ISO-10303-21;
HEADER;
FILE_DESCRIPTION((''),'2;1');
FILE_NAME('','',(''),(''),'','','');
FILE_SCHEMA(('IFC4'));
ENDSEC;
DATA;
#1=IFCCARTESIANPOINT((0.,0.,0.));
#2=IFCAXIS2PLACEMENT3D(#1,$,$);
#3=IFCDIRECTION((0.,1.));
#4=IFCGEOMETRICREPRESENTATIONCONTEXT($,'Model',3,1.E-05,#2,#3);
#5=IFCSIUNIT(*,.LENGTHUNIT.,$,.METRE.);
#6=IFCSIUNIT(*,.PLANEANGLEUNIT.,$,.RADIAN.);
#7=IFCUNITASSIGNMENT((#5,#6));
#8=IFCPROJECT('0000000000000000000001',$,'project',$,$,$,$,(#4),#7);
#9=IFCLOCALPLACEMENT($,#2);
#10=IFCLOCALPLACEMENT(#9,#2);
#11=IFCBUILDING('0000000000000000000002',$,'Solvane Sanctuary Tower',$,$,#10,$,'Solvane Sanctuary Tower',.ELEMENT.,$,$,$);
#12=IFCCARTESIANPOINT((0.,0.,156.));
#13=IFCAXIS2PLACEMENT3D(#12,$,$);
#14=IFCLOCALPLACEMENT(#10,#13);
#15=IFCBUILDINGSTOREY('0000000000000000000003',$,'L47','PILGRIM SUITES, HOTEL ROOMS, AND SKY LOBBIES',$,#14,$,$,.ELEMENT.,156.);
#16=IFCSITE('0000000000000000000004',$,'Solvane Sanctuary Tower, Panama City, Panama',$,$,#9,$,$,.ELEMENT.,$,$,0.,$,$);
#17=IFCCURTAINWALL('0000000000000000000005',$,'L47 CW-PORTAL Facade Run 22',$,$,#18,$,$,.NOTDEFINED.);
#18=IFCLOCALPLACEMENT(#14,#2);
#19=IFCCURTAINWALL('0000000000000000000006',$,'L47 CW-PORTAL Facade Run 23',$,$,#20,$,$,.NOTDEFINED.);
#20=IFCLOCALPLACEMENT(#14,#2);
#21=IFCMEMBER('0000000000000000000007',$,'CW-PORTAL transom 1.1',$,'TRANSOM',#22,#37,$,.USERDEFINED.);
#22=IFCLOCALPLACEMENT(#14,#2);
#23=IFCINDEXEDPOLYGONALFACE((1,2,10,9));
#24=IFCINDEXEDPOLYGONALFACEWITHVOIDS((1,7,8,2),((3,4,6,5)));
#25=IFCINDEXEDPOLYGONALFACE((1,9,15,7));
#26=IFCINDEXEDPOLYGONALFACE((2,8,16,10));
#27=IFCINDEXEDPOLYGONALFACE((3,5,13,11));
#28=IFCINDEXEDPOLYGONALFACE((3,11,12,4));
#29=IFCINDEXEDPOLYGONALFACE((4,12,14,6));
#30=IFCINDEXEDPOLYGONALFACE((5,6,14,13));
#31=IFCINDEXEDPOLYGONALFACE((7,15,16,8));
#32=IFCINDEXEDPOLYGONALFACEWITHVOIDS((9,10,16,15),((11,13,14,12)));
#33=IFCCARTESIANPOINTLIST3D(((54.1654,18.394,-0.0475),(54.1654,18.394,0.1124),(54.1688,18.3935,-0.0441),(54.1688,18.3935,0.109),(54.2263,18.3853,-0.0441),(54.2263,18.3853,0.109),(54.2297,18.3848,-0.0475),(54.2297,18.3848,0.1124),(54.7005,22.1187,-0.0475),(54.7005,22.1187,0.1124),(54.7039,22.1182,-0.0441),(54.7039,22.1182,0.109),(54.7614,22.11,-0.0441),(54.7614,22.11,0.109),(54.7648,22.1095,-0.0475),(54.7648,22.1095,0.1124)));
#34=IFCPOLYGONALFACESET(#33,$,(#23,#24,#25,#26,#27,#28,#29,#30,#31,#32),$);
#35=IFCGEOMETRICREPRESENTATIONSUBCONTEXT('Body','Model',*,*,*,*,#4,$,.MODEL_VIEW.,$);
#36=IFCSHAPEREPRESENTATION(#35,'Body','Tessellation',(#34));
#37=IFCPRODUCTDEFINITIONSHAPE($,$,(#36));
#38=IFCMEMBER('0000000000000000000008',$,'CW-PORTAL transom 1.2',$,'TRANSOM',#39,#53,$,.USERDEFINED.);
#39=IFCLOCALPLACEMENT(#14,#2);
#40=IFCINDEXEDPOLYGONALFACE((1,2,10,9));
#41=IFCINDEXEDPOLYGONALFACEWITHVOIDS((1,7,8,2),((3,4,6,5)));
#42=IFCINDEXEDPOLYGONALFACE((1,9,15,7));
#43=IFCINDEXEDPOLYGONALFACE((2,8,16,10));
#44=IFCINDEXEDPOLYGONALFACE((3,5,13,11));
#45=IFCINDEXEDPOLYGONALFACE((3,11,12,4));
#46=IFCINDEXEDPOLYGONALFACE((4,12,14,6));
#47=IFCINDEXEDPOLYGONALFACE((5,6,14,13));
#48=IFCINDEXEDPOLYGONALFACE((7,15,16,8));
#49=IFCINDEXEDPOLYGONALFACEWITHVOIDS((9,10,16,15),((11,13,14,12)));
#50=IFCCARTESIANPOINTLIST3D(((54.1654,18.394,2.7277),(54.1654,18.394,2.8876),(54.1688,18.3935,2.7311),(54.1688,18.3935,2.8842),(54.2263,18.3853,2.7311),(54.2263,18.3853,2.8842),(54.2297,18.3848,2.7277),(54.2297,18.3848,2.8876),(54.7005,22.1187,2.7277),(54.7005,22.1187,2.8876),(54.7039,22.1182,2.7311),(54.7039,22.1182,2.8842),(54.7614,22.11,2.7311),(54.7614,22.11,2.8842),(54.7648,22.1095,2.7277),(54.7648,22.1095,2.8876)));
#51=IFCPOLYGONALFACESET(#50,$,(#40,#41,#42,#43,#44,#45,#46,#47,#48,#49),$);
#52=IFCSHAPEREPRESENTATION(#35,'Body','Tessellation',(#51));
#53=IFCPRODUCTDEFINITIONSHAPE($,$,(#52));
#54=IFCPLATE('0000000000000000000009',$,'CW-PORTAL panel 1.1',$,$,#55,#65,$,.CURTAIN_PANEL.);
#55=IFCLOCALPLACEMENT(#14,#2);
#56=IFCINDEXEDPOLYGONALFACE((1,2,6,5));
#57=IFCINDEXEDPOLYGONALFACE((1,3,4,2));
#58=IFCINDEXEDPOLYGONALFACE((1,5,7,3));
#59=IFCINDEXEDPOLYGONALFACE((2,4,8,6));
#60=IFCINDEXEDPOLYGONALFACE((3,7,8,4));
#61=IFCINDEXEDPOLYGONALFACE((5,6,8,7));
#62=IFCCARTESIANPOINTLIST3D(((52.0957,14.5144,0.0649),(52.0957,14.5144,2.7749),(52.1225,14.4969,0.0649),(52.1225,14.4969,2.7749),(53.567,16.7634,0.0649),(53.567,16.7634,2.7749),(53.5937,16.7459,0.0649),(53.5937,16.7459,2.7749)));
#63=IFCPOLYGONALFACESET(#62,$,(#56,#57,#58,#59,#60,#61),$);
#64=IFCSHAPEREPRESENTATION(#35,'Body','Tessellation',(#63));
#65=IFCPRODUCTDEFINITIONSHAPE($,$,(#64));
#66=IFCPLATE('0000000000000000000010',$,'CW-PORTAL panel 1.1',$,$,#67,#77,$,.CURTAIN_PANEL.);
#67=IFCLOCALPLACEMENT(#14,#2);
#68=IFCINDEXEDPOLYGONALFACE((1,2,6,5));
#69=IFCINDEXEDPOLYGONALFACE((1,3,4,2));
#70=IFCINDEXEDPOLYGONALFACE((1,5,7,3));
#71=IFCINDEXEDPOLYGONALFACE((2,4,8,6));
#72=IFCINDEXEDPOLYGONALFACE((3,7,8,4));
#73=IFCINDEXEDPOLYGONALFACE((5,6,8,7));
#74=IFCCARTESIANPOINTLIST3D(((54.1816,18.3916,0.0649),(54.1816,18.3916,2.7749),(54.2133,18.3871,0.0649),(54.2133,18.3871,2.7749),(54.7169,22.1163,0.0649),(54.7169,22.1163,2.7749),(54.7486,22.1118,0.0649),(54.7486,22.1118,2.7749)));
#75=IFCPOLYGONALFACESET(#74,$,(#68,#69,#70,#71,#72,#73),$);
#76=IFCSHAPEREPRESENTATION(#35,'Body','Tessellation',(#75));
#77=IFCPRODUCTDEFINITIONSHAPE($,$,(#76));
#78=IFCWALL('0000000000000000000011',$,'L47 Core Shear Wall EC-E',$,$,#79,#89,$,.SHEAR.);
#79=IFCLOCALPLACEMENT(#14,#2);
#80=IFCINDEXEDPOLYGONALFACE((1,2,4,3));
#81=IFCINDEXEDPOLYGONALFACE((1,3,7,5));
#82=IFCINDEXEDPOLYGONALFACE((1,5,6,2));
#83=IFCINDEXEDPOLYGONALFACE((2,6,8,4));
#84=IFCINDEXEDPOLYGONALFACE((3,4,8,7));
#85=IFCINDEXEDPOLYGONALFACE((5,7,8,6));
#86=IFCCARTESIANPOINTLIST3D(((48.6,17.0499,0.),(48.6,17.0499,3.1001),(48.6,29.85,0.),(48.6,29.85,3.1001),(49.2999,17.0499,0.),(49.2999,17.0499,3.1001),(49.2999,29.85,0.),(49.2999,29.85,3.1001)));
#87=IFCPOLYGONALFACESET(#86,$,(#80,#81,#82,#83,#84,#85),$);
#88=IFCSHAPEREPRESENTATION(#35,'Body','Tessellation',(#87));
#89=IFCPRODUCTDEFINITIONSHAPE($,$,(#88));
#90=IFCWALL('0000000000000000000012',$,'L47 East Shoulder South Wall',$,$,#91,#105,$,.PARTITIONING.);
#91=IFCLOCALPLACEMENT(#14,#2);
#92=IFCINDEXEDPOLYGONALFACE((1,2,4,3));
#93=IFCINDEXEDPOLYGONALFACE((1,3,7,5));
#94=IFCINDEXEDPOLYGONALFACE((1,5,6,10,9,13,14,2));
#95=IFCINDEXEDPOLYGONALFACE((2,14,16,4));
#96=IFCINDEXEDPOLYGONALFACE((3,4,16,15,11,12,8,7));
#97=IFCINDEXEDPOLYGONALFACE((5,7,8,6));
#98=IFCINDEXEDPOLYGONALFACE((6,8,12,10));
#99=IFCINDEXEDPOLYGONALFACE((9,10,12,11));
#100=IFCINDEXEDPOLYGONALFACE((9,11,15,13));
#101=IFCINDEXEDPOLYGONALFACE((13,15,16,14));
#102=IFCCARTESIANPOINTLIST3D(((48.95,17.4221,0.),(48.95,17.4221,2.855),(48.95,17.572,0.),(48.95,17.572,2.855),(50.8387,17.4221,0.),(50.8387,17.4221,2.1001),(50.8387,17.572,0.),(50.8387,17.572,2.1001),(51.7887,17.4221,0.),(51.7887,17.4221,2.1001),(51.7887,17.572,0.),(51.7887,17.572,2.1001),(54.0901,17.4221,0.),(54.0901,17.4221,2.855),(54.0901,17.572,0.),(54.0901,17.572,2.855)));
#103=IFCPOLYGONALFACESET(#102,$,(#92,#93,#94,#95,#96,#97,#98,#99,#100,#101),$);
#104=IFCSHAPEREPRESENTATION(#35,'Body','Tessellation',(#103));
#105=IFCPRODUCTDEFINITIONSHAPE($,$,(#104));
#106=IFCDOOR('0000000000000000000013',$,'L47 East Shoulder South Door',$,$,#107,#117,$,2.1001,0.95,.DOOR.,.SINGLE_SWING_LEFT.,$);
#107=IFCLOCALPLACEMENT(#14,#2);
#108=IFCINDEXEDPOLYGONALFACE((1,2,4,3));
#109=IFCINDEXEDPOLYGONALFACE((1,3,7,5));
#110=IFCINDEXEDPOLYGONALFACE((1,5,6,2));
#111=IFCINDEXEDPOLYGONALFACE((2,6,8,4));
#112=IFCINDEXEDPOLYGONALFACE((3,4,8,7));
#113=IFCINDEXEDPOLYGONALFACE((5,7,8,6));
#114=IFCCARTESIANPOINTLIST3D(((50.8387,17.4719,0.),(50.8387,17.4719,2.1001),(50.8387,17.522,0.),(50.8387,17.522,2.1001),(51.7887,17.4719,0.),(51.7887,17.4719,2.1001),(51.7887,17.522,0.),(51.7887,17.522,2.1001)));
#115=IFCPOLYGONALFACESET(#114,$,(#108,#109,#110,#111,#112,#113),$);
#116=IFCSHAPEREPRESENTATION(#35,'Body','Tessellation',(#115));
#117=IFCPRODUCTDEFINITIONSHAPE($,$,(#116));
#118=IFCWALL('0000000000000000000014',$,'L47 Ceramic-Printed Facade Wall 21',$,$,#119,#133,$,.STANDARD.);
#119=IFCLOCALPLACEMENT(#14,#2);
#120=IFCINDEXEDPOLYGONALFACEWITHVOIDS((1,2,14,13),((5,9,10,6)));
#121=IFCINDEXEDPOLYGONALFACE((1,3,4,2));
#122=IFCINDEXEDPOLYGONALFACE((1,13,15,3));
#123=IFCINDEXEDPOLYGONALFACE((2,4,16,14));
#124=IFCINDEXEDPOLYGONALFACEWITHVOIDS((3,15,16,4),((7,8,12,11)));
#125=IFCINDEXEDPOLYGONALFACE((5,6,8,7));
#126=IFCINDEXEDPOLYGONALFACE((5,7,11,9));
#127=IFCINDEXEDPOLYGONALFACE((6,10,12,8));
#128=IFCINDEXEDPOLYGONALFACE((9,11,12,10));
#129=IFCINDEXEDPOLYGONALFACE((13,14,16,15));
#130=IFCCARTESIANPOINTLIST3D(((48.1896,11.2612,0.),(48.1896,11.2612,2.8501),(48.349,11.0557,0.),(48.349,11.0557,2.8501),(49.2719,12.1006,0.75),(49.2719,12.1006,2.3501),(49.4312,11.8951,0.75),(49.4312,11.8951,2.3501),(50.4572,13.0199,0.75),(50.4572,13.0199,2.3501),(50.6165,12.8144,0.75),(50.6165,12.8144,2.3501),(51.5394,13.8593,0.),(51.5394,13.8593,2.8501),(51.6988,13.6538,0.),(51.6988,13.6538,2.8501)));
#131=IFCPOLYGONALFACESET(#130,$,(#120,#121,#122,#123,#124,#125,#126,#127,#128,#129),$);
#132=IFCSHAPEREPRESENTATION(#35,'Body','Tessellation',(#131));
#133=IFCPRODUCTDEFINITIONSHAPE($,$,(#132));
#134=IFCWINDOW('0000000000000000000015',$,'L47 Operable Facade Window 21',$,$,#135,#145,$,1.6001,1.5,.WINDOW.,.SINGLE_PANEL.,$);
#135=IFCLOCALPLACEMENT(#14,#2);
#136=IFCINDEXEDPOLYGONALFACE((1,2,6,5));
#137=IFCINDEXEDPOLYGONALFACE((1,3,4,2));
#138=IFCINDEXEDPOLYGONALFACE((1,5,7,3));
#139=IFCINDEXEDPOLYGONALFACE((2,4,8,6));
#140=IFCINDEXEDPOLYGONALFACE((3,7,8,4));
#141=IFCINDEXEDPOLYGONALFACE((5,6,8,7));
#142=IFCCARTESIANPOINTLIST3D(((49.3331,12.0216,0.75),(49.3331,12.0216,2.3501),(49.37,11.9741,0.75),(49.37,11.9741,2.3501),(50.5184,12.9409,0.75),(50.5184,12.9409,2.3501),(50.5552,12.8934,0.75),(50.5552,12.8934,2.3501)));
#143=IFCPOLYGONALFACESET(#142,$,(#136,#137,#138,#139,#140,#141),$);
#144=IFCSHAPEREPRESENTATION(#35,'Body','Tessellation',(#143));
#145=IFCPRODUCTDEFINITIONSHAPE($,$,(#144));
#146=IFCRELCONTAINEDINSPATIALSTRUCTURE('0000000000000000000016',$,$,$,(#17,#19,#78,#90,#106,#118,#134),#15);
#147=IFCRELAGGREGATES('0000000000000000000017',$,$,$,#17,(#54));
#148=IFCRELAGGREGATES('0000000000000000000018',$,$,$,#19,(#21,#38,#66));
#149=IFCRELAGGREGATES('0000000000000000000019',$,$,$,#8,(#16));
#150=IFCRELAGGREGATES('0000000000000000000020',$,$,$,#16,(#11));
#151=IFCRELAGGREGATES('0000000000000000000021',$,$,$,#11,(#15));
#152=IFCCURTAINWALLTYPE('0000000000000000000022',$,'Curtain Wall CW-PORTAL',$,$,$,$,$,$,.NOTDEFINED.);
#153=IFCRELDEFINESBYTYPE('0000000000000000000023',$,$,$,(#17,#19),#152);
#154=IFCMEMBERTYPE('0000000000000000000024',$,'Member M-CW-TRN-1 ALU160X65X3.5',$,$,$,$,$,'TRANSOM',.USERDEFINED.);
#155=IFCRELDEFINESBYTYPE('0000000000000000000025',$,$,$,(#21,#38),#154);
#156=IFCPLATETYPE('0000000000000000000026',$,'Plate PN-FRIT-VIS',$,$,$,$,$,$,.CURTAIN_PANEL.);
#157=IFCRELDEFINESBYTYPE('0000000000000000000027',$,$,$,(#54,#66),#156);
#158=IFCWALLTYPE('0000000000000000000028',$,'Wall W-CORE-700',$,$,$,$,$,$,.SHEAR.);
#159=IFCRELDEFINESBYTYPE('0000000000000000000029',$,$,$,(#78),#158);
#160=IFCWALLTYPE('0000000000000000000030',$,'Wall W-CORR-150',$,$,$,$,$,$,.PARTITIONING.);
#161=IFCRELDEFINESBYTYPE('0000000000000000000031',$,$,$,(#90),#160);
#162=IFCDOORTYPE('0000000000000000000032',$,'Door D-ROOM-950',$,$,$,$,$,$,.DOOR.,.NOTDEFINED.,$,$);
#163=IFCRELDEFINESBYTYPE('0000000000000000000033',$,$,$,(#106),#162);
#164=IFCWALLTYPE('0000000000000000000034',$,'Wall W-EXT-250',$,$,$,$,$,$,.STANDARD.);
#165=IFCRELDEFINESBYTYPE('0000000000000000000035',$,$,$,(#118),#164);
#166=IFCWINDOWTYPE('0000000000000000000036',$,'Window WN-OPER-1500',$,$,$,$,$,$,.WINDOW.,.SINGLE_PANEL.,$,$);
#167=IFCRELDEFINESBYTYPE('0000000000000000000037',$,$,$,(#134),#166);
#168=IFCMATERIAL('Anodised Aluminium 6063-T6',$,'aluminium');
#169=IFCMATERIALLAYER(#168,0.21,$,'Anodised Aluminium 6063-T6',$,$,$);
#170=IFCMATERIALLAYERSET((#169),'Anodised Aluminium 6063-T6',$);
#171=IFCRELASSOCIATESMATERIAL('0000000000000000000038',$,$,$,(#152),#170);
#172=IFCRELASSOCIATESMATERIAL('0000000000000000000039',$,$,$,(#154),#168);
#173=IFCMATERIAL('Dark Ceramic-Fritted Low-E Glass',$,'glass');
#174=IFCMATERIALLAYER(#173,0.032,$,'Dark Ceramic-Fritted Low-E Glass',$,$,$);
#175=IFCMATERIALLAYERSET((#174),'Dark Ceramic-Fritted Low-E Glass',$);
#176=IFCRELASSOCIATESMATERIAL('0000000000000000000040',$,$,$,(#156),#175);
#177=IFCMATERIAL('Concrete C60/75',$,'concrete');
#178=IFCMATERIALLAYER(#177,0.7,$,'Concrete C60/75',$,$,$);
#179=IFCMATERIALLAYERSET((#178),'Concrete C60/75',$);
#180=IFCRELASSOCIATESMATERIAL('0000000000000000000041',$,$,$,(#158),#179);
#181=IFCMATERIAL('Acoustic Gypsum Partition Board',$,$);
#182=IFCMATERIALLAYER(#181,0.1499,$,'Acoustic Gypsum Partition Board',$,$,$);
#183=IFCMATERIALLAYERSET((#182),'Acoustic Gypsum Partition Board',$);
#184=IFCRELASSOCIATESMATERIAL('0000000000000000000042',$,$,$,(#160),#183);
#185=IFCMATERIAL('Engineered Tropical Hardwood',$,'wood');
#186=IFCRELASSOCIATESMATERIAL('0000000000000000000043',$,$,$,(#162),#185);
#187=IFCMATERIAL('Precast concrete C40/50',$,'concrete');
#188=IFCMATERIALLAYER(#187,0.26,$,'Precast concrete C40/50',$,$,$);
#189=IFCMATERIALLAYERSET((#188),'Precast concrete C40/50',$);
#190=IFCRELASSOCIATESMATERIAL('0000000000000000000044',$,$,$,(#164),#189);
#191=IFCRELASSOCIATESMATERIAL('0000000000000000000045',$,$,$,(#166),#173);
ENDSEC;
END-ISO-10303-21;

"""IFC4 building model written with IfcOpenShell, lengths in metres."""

from ifc_helpers import new_model, si_unit, direction, frame, frame_2d, origin, origin_2d, place, context, subcontext, project, spatial, rectangle, hollow_rectangle, extrude, material, layer, layer_set, material_profile, profile_set, type_object, element, fill, aggregate, save


model = new_model("IFC4")

# Units and contexts
model_context = context("Model", 3, precision=1e-05, world=origin(), true_north=direction((0.0, 1.0)))
body_context = subcontext(model_context, "Body", "Model", "MODEL_VIEW")
ifc_project = project(units=[si_unit("LENGTHUNIT", "METRE"), si_unit("PLANEANGLEUNIT", "RADIAN")], contexts=[model_context])

# Site, building, storey
site_placement = place(None, origin())
site = spatial("IfcSite", under=ifc_project, at=site_placement, Name="Solvane Sanctuary Tower, Panama City, Panama", CompositionType="ELEMENT", RefElevation=0.0)
building_placement = place(site_placement, origin())
building = spatial("IfcBuilding", under=site, at=building_placement, Name="Solvane Sanctuary Tower", LongName="Solvane Sanctuary Tower", CompositionType="ELEMENT")
storey_placement = place(building_placement, frame((0.0, 0.0, 156.0)))
storey = spatial("IfcBuildingStorey", under=building, at=storey_placement, Name="L47", Description="PILGRIM SUITES, HOTEL ROOMS, AND SKY LOBBIES", CompositionType="ELEMENT", Elevation=156.0)

# Shared definitions
ifc_material_1 = material(Name="Concrete C60/75", Category="concrete")

# Curtain walls
ifc_material_2 = material(Name="Anodised Aluminium 6063-T6", Category="aluminium")
ifc_layer_1 = layer(ifc_material_2, 0.21, Name="Anodised Aluminium 6063-T6")
ifc_layer_set_1 = layer_set([ifc_layer_1], Name="Anodised Aluminium 6063-T6")
curtain_wall_type = type_object("IfcCurtainWallType", Name="Curtain Wall CW-PORTAL", PredefinedType="NOTDEFINED", material=ifc_layer_set_1)
curtain_wall_1_placement = place(storey_placement, origin())
curtain_wall_1 = element("IfcCurtainWall", 1, at=curtain_wall_1_placement, inside=storey, type_object=curtain_wall_type, Name="L47 CW-PORTAL Facade Run 22", PredefinedType="NOTDEFINED")
curtain_wall_2_placement = place(storey_placement, origin())
curtain_wall_2 = element("IfcCurtainWall", 2, at=curtain_wall_2_placement, inside=storey, type_object=curtain_wall_type, Name="L47 CW-PORTAL Facade Run 23", PredefinedType="NOTDEFINED")

# Members
ifc_material_profile_1 = material_profile(ifc_material_2, hollow_rectangle(XDim=0.0649, YDim=0.1599, WallThickness=0.0034, at=origin_2d()), Name="ALU160X65X3.5")
ifc_profile_set_1 = profile_set([ifc_material_profile_1], Name="Anodised Aluminium 6063-T6")
member_type_1 = type_object("IfcMemberType", Name="Member M-CW-TRN-1 ALU160X65X3.5", ElementType="TRANSOM", PredefinedType="USERDEFINED", material=ifc_profile_set_1)
member_1_placement = place(storey_placement, frame((54.1975, 18.3894, 0.0325), z_axis=(0.142221, 0.989835, 0.0), x_axis=(-0.989835, 0.142221, 0.0)))
member_1 = element("IfcMember", 3, at=member_1_placement, type_object=member_type_1, Name="CW-PORTAL transom 1.1", ObjectType="TRANSOM", PredefinedType="USERDEFINED", context=body_context, shape_type="SweptSolid", body=[
    extrude(hollow_rectangle(XDim=0.0649, YDim=0.1599, WallThickness=0.0034, at=origin_2d()), origin(), (0.0, 0.0, 1.0), 3.7629),
])
member_2_placement = place(storey_placement, frame((54.1975, 18.3894, 2.8076), z_axis=(0.142221, 0.989835, 0.0), x_axis=(-0.989835, 0.142221, 0.0)))
member_2 = element("IfcMember", 4, at=member_2_placement, type_object=member_type_1, Name="CW-PORTAL transom 1.2", ObjectType="TRANSOM", PredefinedType="USERDEFINED", context=body_context, shape_type="SweptSolid", body=[
    extrude(hollow_rectangle(XDim=0.0649, YDim=0.1599, WallThickness=0.0034, at=origin_2d()), origin(), (0.0, 0.0, 1.0), 3.7629),
])

# Plates
ifc_material_3 = material(Name="Dark Ceramic-Fritted Low-E Glass", Category="glass")
ifc_layer_2 = layer(ifc_material_3, 0.032, Name="Dark Ceramic-Fritted Low-E Glass")
ifc_layer_set_2 = layer_set([ifc_layer_2], Name="Dark Ceramic-Fritted Low-E Glass")
plate_type = type_object("IfcPlateType", Name="Plate PN-FRIT-VIS", PredefinedType="CURTAIN_PANEL", material=ifc_layer_set_2)
plate_1_placement = place(storey_placement, frame((52.8447, 15.6301, 0.0649), z_axis=(0.0, 0.0, 1.0), x_axis=(0.547433, 0.83685, 0.0)))
plate_1 = element("IfcPlate", 5, at=plate_1_placement, type_object=plate_type, Name="CW-PORTAL panel 1.1", PredefinedType="CURTAIN_PANEL", context=body_context, shape_type="SweptSolid", body=[
    extrude(rectangle(XDim=2.6875, YDim=0.032, at=origin_2d()), origin(), (0.0, 0.0, 1.0), 2.71),
])
aggregate(curtain_wall_1, [plate_1])
plate_2_placement = place(storey_placement, frame((54.4651, 20.2517, 0.0649), z_axis=(0.0, 0.0, 1.0), x_axis=(0.142248, 0.989831, 0.0)))
plate_2 = element("IfcPlate", 6, at=plate_2_placement, type_object=plate_type, Name="CW-PORTAL panel 1.1", PredefinedType="CURTAIN_PANEL", context=body_context, shape_type="SweptSolid", body=[
    extrude(rectangle(XDim=3.7629, YDim=0.032, at=origin_2d()), origin(), (0.0, 0.0, 1.0), 2.71),
])
aggregate(curtain_wall_2, [member_1, member_2, plate_2])

# Wall
ifc_layer_3 = layer(ifc_material_1, 0.7, Name="Concrete C60/75")
ifc_layer_set_3 = layer_set([ifc_layer_3], Name="Concrete C60/75")
wall_type_1 = type_object("IfcWallType", Name="Wall W-CORE-700", PredefinedType="SHEAR", material=ifc_layer_set_3)
wall_1_placement = place(storey_placement, frame((48.95, 17.05, 0.0), z_axis=(0.0, 0.0, 1.0), x_axis=(0.0, 1.0, 0.0)))
element("IfcWall", 7, at=wall_1_placement, inside=storey, type_object=wall_type_1, Name="L47 Core Shear Wall EC-E", PredefinedType="SHEAR", context=body_context, shape_type="SweptSolid", body=[
    extrude(rectangle(XDim=12.8, YDim=0.7, at=frame_2d((6.3999, 0.0))), origin(), (0.0, 0.0, 1.0), 3.1001),
])

# Wall, opening, door
ifc_material_4 = material(Name="Acoustic Gypsum Partition Board")
ifc_layer_4 = layer(ifc_material_4, 0.1499, Name="Acoustic Gypsum Partition Board")
ifc_layer_set_4 = layer_set([ifc_layer_4], Name="Acoustic Gypsum Partition Board")
wall_type_2 = type_object("IfcWallType", Name="Wall W-CORR-150", PredefinedType="PARTITIONING", material=ifc_layer_set_4)
wall_2_placement = place(storey_placement, frame((48.95, 17.4971, 0.0), z_axis=(0.0, 0.0, 1.0), x_axis=(1.0, 0.0, 0.0)))
wall_2 = element("IfcWall", 8, at=wall_2_placement, inside=storey, type_object=wall_type_2, Name="L47 East Shoulder South Wall", PredefinedType="PARTITIONING", context=body_context, shape_type="SweptSolid", body=[
    extrude(rectangle(XDim=5.1401, YDim=0.1499, at=frame_2d((2.5701, 0.0))), origin(), (0.0, 0.0, 1.0), 2.855),
])
opening_1_placement = place(wall_2_placement, frame((1.8887, 0.0, 0.0)))
opening_1 = element("IfcOpeningElement", 9, at=opening_1_placement, cuts=wall_2, PredefinedType="OPENING", context=body_context, shape_type="SweptSolid", body=[
    extrude(rectangle(XDim=0.95, YDim=2.1001, at=frame_2d((0.4751, 1.05))), frame((0.0, 0.085, 0.0), z_axis=(0.0, -1.0, 0.0), x_axis=(1.0, 0.0, 0.0)), (0.0, 0.0, 1.0), 0.1699),
])
ifc_material_5 = material(Name="Engineered Tropical Hardwood", Category="wood")
door_type_1 = type_object("IfcDoorType", Name="Door D-ROOM-950", OperationType="NOTDEFINED", PredefinedType="DOOR", material=ifc_material_5)
door_1_placement = place(opening_1_placement, origin())
door_1 = element("IfcDoor", 10, at=door_1_placement, inside=storey, type_object=door_type_1, Name="L47 East Shoulder South Door", OperationType="SINGLE_SWING_LEFT", OverallHeight=2.1001, OverallWidth=0.95, PredefinedType="DOOR", context=body_context, shape_type="SweptSolid", body=[
    extrude(rectangle(XDim=0.95, YDim=2.1001, at=frame_2d((0.4751, 1.05))), frame((0.0, 0.0249, 0.0), z_axis=(0.0, -1.0, 0.0), x_axis=(1.0, 0.0, 0.0)), (0.0, 0.0, 1.0), 0.05),
])
fill(opening_1, door_1)

# Wall, opening, window
ifc_material_6 = material(Name="Precast concrete C40/50", Category="concrete")
ifc_layer_5 = layer(ifc_material_6, 0.26, Name="Precast concrete C40/50")
ifc_layer_set_5 = layer_set([ifc_layer_5], Name="Precast concrete C40/50")
wall_type_3 = type_object("IfcWallType", Name="Wall W-EXT-250", PredefinedType="STANDARD", material=ifc_layer_set_5)
wall_3_placement = place(storey_placement, frame((48.2693, 11.1584, 0.0), z_axis=(0.0, 0.0, 1.0), x_axis=(0.790186, 0.612868, 0.0)))
wall_3 = element("IfcWall", 11, at=wall_3_placement, inside=storey, type_object=wall_type_3, Name="L47 Ceramic-Printed Facade Wall 21", PredefinedType="STANDARD", context=body_context, shape_type="SweptSolid", body=[
    extrude(rectangle(XDim=4.2393, YDim=0.26, at=frame_2d((2.1196, 0.0))), origin(), (0.0, 0.0, 1.0), 2.8501),
])
opening_2_placement = place(wall_3_placement, frame((1.3696, 0.0, 0.75)))
opening_2 = element("IfcOpeningElement", 12, at=opening_2_placement, cuts=wall_3, PredefinedType="OPENING", context=body_context, shape_type="SweptSolid", body=[
    extrude(rectangle(XDim=1.5, YDim=1.6001, at=frame_2d((0.75, 0.8))), frame((0.0, 0.1399, 0.0), z_axis=(0.0, -1.0, 0.0), x_axis=(1.0, 0.0, 0.0)), (0.0, 0.0, 1.0), 0.28),
])
window_type = type_object("IfcWindowType", Name="Window WN-OPER-1500", PartitioningType="SINGLE_PANEL", PredefinedType="WINDOW", material=ifc_material_3)
window_placement = place(opening_2_placement, origin())
window = element("IfcWindow", 13, at=window_placement, inside=storey, type_object=window_type, Name="L47 Operable Facade Window 21", OverallHeight=1.6001, OverallWidth=1.5, PartitioningType="SINGLE_PANEL", PredefinedType="WINDOW", context=body_context, shape_type="SweptSolid", body=[
    extrude(rectangle(XDim=1.5, YDim=1.6001, at=frame_2d((0.75, 0.8))), frame((0.0, 0.03, 0.0), z_axis=(0.0, -1.0, 0.0), x_axis=(1.0, 0.0, 0.0)), (0.0, 0.0, 1.0), 0.0601),
])
fill(opening_2, window)

save(model, "model.ifc")
